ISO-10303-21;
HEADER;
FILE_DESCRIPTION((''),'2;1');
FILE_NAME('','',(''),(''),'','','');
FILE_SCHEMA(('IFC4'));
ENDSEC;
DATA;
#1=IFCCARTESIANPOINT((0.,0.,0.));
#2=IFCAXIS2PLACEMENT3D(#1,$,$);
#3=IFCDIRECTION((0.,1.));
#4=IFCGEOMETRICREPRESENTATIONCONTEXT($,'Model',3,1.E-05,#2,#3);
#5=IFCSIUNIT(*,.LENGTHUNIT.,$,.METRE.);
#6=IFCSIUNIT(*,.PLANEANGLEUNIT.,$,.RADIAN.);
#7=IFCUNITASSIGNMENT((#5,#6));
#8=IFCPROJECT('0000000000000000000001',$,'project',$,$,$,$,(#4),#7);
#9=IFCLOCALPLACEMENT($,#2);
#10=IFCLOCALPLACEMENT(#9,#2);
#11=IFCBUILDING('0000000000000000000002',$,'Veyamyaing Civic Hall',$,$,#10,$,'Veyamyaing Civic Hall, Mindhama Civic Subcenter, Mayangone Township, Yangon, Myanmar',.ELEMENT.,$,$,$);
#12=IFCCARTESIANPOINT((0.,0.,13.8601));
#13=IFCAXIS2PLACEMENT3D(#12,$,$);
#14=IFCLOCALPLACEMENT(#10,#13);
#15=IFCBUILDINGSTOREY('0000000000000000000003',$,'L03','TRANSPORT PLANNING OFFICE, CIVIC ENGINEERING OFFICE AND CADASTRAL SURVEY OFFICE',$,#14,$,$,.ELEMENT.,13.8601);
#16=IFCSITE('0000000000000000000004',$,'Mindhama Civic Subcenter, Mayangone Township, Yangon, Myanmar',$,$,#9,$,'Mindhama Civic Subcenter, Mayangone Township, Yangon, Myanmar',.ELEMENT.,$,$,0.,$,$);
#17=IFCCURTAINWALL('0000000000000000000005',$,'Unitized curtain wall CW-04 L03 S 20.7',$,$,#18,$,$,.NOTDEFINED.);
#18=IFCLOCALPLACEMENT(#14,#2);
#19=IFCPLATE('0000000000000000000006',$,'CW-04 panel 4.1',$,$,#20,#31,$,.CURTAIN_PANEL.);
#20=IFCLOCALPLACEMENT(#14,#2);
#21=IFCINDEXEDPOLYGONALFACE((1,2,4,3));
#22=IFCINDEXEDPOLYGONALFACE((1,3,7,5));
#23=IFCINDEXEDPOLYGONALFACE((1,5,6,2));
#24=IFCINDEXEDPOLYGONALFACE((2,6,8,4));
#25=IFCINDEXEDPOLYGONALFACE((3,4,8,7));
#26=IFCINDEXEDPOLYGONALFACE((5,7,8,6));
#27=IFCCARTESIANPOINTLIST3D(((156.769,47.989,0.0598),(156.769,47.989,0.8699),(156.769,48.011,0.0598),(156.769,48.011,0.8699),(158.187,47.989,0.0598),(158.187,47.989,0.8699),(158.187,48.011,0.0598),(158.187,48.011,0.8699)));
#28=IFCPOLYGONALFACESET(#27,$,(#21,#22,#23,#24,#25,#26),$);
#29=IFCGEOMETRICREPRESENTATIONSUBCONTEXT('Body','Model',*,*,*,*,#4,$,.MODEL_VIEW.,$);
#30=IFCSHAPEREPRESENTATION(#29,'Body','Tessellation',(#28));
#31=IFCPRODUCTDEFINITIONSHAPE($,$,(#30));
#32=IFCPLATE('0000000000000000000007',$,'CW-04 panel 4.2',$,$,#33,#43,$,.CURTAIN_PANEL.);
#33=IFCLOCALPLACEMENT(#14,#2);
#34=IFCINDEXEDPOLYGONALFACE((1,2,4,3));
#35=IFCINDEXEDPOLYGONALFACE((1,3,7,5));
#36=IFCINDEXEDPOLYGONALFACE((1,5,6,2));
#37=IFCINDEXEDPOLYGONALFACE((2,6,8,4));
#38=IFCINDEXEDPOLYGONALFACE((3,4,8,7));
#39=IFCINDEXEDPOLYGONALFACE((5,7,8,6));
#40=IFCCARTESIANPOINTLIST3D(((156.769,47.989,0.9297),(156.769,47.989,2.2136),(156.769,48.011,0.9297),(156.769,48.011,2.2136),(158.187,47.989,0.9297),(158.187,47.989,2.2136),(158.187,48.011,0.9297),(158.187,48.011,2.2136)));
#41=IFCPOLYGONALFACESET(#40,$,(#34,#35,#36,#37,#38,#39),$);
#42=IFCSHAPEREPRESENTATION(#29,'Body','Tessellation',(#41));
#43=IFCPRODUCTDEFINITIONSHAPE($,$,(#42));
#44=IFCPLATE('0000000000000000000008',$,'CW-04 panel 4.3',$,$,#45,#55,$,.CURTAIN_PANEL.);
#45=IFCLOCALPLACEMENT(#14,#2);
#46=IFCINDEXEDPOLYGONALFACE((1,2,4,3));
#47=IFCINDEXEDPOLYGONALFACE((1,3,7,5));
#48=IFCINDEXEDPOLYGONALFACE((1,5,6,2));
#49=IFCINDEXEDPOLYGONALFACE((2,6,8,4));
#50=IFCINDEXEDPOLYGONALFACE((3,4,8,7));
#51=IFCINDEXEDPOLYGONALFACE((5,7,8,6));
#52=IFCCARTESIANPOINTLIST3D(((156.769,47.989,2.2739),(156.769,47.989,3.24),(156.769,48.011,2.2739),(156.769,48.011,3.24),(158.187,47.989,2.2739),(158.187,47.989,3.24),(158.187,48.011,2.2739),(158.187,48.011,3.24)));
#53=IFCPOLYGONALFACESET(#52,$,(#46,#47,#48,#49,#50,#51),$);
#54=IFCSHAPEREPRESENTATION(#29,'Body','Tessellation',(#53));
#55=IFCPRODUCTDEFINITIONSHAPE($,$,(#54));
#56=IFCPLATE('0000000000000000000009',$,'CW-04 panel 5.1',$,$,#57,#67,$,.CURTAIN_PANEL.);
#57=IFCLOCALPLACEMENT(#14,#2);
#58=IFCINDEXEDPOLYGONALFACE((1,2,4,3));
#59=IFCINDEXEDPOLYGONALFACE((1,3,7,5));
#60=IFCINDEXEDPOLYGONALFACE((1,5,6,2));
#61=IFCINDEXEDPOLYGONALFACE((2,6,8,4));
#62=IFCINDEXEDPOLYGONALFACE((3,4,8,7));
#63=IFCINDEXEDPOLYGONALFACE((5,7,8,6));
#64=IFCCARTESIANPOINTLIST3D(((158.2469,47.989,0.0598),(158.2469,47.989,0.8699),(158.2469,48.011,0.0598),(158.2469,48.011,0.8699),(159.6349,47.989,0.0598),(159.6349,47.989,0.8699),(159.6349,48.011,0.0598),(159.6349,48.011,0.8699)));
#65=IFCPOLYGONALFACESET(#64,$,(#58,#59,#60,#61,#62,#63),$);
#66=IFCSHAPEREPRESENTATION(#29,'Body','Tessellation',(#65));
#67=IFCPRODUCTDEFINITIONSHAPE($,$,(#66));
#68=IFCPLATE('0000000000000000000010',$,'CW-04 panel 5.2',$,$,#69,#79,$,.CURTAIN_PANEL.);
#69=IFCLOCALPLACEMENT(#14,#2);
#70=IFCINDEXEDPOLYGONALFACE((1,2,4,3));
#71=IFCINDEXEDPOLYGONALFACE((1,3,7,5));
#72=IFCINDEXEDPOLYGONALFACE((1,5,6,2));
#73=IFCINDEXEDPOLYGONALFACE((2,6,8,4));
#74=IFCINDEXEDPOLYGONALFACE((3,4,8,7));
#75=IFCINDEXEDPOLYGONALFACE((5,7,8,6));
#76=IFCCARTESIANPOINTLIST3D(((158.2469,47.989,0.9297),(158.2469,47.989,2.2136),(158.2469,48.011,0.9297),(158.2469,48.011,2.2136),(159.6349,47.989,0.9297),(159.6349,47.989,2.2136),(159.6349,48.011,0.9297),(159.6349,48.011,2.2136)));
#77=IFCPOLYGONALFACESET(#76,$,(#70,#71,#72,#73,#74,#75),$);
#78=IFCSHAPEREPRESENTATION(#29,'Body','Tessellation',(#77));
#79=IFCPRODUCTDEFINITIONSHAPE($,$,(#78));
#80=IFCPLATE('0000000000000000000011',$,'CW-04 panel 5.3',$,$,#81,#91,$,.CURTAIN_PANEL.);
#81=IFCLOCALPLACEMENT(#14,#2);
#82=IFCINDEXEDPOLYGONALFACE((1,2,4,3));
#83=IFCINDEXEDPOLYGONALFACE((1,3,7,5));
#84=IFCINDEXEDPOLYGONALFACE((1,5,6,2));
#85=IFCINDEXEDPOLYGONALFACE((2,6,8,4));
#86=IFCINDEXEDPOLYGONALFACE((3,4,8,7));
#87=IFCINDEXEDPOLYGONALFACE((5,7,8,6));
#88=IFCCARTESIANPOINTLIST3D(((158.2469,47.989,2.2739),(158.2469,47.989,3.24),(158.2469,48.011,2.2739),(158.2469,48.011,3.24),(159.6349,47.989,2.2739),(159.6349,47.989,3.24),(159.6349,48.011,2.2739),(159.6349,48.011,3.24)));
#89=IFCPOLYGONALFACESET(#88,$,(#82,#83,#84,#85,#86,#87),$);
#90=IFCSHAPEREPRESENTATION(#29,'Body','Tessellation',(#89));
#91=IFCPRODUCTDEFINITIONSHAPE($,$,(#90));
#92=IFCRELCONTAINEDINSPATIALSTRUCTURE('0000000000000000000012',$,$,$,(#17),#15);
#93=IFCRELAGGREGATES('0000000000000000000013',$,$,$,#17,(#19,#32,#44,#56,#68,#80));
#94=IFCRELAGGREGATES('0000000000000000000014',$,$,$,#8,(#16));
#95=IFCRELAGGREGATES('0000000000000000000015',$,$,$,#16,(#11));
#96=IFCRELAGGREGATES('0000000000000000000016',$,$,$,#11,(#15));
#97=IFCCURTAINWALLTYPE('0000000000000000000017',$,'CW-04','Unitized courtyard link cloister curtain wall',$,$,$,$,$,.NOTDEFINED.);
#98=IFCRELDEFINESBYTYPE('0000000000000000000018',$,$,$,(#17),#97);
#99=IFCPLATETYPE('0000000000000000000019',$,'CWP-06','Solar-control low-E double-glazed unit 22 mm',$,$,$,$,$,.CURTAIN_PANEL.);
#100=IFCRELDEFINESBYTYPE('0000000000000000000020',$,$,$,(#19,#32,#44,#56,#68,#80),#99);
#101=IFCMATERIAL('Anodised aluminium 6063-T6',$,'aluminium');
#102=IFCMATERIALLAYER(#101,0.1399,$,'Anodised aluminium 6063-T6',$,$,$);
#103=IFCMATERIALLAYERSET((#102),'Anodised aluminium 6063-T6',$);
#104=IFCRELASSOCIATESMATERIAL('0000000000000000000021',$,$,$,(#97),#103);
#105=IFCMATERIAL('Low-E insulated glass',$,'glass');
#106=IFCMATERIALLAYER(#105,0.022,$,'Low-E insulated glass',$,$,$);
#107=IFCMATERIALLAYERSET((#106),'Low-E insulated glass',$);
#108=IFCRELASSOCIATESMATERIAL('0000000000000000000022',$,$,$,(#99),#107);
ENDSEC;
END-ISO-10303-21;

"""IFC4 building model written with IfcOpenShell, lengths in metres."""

from ifc_helpers import new_model, si_unit, direction, frame, origin, origin_2d, place, context, subcontext, project, spatial, rectangle, extrude, material, layer, layer_set, type_object, element, aggregate, save


model = new_model("IFC4")

# Units and contexts
model_context = context("Model", 3, precision=1e-05, world=origin(), true_north=direction((0.0, 1.0)))
body_context = subcontext(model_context, "Body", "Model", "MODEL_VIEW")
ifc_project = project(units=[si_unit("LENGTHUNIT", "METRE"), si_unit("PLANEANGLEUNIT", "RADIAN")], contexts=[model_context])

# Site, building, storey
site_placement = place(None, origin())
site = spatial("IfcSite", under=ifc_project, at=site_placement, Name="Mindhama Civic Subcenter, Mayangone Township, Yangon, Myanmar", LongName="Mindhama Civic Subcenter, Mayangone Township, Yangon, Myanmar", CompositionType="ELEMENT", RefElevation=0.0)
building_placement = place(site_placement, origin())
building = spatial("IfcBuilding", under=site, at=building_placement, Name="Veyamyaing Civic Hall", LongName="Veyamyaing Civic Hall, Mindhama Civic Subcenter, Mayangone Township, Yangon, Myanmar", CompositionType="ELEMENT")
storey_placement = place(building_placement, frame((0.0, 0.0, 13.8601)))
storey = spatial("IfcBuildingStorey", under=building, at=storey_placement, Name="L03", Description="TRANSPORT PLANNING OFFICE, CIVIC ENGINEERING OFFICE AND CADASTRAL SURVEY OFFICE", CompositionType="ELEMENT", Elevation=13.8601)

# Curtain wall, plates
ifc_material_1 = material(Name="Anodised aluminium 6063-T6", Category="aluminium")
ifc_layer_1 = layer(ifc_material_1, 0.1399, Name="Anodised aluminium 6063-T6")
ifc_layer_set_1 = layer_set([ifc_layer_1], Name="Anodised aluminium 6063-T6")
curtain_wall_type = type_object("IfcCurtainWallType", Name="CW-04", Description="Unitized courtyard link cloister curtain wall", PredefinedType="NOTDEFINED", material=ifc_layer_set_1)
curtain_wall_placement = place(storey_placement, origin())
curtain_wall = element("IfcCurtainWall", 1, at=curtain_wall_placement, inside=storey, type_object=curtain_wall_type, Name="Unitized curtain wall CW-04 L03 S 20.7", PredefinedType="NOTDEFINED")
ifc_material_2 = material(Name="Low-E insulated glass", Category="glass")
ifc_layer_2 = layer(ifc_material_2, 0.022, Name="Low-E insulated glass")
ifc_layer_set_2 = layer_set([ifc_layer_2], Name="Low-E insulated glass")
plate_type = type_object("IfcPlateType", Name="CWP-06", Description="Solar-control low-E double-glazed unit 22 mm", PredefinedType="CURTAIN_PANEL", material=ifc_layer_set_2)
plate_1_placement = place(storey_placement, frame((157.478, 48.0, 0.0598), z_axis=(0.0, 0.0, 1.0), x_axis=(1.0, 0.0, 0.0)))
plate_1 = element("IfcPlate", 2, at=plate_1_placement, type_object=plate_type, Name="CW-04 panel 4.1", PredefinedType="CURTAIN_PANEL", context=body_context, shape_type="SweptSolid", body=[
    extrude(rectangle(XDim=1.418, YDim=0.022, at=origin_2d()), origin(), (0.0, 0.0, 1.0), 0.8101),
])
plate_2_placement = place(storey_placement, frame((157.478, 48.0, 0.9297), z_axis=(0.0, 0.0, 1.0), x_axis=(1.0, 0.0, 0.0)))
plate_2 = element("IfcPlate", 3, at=plate_2_placement, type_object=plate_type, Name="CW-04 panel 4.2", PredefinedType="CURTAIN_PANEL", context=body_context, shape_type="SweptSolid", body=[
    extrude(rectangle(XDim=1.418, YDim=0.022, at=origin_2d()), origin(), (0.0, 0.0, 1.0), 1.2839),
])
plate_3_placement = place(storey_placement, frame((157.478, 48.0, 2.2739), z_axis=(0.0, 0.0, 1.0), x_axis=(1.0, 0.0, 0.0)))
plate_3 = element("IfcPlate", 4, at=plate_3_placement, type_object=plate_type, Name="CW-04 panel 4.3", PredefinedType="CURTAIN_PANEL", context=body_context, shape_type="SweptSolid", body=[
    extrude(rectangle(XDim=1.418, YDim=0.022, at=origin_2d()), origin(), (0.0, 0.0, 1.0), 0.9661),
])
plate_4_placement = place(storey_placement, frame((158.9409, 48.0, 0.0598), z_axis=(0.0, 0.0, 1.0), x_axis=(1.0, 0.0, 0.0)))
plate_4 = element("IfcPlate", 5, at=plate_4_placement, type_object=plate_type, Name="CW-04 panel 5.1", PredefinedType="CURTAIN_PANEL", context=body_context, shape_type="SweptSolid", body=[
    extrude(rectangle(XDim=1.3879, YDim=0.022, at=origin_2d()), origin(), (0.0, 0.0, 1.0), 0.8101),
])
plate_5_placement = place(storey_placement, frame((158.9409, 48.0, 0.9297), z_axis=(0.0, 0.0, 1.0), x_axis=(1.0, 0.0, 0.0)))
plate_5 = element("IfcPlate", 6, at=plate_5_placement, type_object=plate_type, Name="CW-04 panel 5.2", PredefinedType="CURTAIN_PANEL", context=body_context, shape_type="SweptSolid", body=[
    extrude(rectangle(XDim=1.3879, YDim=0.022, at=origin_2d()), origin(), (0.0, 0.0, 1.0), 1.2839),
])
plate_6_placement = place(storey_placement, frame((158.9409, 48.0, 2.2739), z_axis=(0.0, 0.0, 1.0), x_axis=(1.0, 0.0, 0.0)))
plate_6 = element("IfcPlate", 7, at=plate_6_placement, type_object=plate_type, Name="CW-04 panel 5.3", PredefinedType="CURTAIN_PANEL", context=body_context, shape_type="SweptSolid", body=[
    extrude(rectangle(XDim=1.3879, YDim=0.022, at=origin_2d()), origin(), (0.0, 0.0, 1.0), 0.9661),
])
aggregate(curtain_wall, [plate_1, plate_2, plate_3, plate_4, plate_5, plate_6])

save(model, "model.ifc")
